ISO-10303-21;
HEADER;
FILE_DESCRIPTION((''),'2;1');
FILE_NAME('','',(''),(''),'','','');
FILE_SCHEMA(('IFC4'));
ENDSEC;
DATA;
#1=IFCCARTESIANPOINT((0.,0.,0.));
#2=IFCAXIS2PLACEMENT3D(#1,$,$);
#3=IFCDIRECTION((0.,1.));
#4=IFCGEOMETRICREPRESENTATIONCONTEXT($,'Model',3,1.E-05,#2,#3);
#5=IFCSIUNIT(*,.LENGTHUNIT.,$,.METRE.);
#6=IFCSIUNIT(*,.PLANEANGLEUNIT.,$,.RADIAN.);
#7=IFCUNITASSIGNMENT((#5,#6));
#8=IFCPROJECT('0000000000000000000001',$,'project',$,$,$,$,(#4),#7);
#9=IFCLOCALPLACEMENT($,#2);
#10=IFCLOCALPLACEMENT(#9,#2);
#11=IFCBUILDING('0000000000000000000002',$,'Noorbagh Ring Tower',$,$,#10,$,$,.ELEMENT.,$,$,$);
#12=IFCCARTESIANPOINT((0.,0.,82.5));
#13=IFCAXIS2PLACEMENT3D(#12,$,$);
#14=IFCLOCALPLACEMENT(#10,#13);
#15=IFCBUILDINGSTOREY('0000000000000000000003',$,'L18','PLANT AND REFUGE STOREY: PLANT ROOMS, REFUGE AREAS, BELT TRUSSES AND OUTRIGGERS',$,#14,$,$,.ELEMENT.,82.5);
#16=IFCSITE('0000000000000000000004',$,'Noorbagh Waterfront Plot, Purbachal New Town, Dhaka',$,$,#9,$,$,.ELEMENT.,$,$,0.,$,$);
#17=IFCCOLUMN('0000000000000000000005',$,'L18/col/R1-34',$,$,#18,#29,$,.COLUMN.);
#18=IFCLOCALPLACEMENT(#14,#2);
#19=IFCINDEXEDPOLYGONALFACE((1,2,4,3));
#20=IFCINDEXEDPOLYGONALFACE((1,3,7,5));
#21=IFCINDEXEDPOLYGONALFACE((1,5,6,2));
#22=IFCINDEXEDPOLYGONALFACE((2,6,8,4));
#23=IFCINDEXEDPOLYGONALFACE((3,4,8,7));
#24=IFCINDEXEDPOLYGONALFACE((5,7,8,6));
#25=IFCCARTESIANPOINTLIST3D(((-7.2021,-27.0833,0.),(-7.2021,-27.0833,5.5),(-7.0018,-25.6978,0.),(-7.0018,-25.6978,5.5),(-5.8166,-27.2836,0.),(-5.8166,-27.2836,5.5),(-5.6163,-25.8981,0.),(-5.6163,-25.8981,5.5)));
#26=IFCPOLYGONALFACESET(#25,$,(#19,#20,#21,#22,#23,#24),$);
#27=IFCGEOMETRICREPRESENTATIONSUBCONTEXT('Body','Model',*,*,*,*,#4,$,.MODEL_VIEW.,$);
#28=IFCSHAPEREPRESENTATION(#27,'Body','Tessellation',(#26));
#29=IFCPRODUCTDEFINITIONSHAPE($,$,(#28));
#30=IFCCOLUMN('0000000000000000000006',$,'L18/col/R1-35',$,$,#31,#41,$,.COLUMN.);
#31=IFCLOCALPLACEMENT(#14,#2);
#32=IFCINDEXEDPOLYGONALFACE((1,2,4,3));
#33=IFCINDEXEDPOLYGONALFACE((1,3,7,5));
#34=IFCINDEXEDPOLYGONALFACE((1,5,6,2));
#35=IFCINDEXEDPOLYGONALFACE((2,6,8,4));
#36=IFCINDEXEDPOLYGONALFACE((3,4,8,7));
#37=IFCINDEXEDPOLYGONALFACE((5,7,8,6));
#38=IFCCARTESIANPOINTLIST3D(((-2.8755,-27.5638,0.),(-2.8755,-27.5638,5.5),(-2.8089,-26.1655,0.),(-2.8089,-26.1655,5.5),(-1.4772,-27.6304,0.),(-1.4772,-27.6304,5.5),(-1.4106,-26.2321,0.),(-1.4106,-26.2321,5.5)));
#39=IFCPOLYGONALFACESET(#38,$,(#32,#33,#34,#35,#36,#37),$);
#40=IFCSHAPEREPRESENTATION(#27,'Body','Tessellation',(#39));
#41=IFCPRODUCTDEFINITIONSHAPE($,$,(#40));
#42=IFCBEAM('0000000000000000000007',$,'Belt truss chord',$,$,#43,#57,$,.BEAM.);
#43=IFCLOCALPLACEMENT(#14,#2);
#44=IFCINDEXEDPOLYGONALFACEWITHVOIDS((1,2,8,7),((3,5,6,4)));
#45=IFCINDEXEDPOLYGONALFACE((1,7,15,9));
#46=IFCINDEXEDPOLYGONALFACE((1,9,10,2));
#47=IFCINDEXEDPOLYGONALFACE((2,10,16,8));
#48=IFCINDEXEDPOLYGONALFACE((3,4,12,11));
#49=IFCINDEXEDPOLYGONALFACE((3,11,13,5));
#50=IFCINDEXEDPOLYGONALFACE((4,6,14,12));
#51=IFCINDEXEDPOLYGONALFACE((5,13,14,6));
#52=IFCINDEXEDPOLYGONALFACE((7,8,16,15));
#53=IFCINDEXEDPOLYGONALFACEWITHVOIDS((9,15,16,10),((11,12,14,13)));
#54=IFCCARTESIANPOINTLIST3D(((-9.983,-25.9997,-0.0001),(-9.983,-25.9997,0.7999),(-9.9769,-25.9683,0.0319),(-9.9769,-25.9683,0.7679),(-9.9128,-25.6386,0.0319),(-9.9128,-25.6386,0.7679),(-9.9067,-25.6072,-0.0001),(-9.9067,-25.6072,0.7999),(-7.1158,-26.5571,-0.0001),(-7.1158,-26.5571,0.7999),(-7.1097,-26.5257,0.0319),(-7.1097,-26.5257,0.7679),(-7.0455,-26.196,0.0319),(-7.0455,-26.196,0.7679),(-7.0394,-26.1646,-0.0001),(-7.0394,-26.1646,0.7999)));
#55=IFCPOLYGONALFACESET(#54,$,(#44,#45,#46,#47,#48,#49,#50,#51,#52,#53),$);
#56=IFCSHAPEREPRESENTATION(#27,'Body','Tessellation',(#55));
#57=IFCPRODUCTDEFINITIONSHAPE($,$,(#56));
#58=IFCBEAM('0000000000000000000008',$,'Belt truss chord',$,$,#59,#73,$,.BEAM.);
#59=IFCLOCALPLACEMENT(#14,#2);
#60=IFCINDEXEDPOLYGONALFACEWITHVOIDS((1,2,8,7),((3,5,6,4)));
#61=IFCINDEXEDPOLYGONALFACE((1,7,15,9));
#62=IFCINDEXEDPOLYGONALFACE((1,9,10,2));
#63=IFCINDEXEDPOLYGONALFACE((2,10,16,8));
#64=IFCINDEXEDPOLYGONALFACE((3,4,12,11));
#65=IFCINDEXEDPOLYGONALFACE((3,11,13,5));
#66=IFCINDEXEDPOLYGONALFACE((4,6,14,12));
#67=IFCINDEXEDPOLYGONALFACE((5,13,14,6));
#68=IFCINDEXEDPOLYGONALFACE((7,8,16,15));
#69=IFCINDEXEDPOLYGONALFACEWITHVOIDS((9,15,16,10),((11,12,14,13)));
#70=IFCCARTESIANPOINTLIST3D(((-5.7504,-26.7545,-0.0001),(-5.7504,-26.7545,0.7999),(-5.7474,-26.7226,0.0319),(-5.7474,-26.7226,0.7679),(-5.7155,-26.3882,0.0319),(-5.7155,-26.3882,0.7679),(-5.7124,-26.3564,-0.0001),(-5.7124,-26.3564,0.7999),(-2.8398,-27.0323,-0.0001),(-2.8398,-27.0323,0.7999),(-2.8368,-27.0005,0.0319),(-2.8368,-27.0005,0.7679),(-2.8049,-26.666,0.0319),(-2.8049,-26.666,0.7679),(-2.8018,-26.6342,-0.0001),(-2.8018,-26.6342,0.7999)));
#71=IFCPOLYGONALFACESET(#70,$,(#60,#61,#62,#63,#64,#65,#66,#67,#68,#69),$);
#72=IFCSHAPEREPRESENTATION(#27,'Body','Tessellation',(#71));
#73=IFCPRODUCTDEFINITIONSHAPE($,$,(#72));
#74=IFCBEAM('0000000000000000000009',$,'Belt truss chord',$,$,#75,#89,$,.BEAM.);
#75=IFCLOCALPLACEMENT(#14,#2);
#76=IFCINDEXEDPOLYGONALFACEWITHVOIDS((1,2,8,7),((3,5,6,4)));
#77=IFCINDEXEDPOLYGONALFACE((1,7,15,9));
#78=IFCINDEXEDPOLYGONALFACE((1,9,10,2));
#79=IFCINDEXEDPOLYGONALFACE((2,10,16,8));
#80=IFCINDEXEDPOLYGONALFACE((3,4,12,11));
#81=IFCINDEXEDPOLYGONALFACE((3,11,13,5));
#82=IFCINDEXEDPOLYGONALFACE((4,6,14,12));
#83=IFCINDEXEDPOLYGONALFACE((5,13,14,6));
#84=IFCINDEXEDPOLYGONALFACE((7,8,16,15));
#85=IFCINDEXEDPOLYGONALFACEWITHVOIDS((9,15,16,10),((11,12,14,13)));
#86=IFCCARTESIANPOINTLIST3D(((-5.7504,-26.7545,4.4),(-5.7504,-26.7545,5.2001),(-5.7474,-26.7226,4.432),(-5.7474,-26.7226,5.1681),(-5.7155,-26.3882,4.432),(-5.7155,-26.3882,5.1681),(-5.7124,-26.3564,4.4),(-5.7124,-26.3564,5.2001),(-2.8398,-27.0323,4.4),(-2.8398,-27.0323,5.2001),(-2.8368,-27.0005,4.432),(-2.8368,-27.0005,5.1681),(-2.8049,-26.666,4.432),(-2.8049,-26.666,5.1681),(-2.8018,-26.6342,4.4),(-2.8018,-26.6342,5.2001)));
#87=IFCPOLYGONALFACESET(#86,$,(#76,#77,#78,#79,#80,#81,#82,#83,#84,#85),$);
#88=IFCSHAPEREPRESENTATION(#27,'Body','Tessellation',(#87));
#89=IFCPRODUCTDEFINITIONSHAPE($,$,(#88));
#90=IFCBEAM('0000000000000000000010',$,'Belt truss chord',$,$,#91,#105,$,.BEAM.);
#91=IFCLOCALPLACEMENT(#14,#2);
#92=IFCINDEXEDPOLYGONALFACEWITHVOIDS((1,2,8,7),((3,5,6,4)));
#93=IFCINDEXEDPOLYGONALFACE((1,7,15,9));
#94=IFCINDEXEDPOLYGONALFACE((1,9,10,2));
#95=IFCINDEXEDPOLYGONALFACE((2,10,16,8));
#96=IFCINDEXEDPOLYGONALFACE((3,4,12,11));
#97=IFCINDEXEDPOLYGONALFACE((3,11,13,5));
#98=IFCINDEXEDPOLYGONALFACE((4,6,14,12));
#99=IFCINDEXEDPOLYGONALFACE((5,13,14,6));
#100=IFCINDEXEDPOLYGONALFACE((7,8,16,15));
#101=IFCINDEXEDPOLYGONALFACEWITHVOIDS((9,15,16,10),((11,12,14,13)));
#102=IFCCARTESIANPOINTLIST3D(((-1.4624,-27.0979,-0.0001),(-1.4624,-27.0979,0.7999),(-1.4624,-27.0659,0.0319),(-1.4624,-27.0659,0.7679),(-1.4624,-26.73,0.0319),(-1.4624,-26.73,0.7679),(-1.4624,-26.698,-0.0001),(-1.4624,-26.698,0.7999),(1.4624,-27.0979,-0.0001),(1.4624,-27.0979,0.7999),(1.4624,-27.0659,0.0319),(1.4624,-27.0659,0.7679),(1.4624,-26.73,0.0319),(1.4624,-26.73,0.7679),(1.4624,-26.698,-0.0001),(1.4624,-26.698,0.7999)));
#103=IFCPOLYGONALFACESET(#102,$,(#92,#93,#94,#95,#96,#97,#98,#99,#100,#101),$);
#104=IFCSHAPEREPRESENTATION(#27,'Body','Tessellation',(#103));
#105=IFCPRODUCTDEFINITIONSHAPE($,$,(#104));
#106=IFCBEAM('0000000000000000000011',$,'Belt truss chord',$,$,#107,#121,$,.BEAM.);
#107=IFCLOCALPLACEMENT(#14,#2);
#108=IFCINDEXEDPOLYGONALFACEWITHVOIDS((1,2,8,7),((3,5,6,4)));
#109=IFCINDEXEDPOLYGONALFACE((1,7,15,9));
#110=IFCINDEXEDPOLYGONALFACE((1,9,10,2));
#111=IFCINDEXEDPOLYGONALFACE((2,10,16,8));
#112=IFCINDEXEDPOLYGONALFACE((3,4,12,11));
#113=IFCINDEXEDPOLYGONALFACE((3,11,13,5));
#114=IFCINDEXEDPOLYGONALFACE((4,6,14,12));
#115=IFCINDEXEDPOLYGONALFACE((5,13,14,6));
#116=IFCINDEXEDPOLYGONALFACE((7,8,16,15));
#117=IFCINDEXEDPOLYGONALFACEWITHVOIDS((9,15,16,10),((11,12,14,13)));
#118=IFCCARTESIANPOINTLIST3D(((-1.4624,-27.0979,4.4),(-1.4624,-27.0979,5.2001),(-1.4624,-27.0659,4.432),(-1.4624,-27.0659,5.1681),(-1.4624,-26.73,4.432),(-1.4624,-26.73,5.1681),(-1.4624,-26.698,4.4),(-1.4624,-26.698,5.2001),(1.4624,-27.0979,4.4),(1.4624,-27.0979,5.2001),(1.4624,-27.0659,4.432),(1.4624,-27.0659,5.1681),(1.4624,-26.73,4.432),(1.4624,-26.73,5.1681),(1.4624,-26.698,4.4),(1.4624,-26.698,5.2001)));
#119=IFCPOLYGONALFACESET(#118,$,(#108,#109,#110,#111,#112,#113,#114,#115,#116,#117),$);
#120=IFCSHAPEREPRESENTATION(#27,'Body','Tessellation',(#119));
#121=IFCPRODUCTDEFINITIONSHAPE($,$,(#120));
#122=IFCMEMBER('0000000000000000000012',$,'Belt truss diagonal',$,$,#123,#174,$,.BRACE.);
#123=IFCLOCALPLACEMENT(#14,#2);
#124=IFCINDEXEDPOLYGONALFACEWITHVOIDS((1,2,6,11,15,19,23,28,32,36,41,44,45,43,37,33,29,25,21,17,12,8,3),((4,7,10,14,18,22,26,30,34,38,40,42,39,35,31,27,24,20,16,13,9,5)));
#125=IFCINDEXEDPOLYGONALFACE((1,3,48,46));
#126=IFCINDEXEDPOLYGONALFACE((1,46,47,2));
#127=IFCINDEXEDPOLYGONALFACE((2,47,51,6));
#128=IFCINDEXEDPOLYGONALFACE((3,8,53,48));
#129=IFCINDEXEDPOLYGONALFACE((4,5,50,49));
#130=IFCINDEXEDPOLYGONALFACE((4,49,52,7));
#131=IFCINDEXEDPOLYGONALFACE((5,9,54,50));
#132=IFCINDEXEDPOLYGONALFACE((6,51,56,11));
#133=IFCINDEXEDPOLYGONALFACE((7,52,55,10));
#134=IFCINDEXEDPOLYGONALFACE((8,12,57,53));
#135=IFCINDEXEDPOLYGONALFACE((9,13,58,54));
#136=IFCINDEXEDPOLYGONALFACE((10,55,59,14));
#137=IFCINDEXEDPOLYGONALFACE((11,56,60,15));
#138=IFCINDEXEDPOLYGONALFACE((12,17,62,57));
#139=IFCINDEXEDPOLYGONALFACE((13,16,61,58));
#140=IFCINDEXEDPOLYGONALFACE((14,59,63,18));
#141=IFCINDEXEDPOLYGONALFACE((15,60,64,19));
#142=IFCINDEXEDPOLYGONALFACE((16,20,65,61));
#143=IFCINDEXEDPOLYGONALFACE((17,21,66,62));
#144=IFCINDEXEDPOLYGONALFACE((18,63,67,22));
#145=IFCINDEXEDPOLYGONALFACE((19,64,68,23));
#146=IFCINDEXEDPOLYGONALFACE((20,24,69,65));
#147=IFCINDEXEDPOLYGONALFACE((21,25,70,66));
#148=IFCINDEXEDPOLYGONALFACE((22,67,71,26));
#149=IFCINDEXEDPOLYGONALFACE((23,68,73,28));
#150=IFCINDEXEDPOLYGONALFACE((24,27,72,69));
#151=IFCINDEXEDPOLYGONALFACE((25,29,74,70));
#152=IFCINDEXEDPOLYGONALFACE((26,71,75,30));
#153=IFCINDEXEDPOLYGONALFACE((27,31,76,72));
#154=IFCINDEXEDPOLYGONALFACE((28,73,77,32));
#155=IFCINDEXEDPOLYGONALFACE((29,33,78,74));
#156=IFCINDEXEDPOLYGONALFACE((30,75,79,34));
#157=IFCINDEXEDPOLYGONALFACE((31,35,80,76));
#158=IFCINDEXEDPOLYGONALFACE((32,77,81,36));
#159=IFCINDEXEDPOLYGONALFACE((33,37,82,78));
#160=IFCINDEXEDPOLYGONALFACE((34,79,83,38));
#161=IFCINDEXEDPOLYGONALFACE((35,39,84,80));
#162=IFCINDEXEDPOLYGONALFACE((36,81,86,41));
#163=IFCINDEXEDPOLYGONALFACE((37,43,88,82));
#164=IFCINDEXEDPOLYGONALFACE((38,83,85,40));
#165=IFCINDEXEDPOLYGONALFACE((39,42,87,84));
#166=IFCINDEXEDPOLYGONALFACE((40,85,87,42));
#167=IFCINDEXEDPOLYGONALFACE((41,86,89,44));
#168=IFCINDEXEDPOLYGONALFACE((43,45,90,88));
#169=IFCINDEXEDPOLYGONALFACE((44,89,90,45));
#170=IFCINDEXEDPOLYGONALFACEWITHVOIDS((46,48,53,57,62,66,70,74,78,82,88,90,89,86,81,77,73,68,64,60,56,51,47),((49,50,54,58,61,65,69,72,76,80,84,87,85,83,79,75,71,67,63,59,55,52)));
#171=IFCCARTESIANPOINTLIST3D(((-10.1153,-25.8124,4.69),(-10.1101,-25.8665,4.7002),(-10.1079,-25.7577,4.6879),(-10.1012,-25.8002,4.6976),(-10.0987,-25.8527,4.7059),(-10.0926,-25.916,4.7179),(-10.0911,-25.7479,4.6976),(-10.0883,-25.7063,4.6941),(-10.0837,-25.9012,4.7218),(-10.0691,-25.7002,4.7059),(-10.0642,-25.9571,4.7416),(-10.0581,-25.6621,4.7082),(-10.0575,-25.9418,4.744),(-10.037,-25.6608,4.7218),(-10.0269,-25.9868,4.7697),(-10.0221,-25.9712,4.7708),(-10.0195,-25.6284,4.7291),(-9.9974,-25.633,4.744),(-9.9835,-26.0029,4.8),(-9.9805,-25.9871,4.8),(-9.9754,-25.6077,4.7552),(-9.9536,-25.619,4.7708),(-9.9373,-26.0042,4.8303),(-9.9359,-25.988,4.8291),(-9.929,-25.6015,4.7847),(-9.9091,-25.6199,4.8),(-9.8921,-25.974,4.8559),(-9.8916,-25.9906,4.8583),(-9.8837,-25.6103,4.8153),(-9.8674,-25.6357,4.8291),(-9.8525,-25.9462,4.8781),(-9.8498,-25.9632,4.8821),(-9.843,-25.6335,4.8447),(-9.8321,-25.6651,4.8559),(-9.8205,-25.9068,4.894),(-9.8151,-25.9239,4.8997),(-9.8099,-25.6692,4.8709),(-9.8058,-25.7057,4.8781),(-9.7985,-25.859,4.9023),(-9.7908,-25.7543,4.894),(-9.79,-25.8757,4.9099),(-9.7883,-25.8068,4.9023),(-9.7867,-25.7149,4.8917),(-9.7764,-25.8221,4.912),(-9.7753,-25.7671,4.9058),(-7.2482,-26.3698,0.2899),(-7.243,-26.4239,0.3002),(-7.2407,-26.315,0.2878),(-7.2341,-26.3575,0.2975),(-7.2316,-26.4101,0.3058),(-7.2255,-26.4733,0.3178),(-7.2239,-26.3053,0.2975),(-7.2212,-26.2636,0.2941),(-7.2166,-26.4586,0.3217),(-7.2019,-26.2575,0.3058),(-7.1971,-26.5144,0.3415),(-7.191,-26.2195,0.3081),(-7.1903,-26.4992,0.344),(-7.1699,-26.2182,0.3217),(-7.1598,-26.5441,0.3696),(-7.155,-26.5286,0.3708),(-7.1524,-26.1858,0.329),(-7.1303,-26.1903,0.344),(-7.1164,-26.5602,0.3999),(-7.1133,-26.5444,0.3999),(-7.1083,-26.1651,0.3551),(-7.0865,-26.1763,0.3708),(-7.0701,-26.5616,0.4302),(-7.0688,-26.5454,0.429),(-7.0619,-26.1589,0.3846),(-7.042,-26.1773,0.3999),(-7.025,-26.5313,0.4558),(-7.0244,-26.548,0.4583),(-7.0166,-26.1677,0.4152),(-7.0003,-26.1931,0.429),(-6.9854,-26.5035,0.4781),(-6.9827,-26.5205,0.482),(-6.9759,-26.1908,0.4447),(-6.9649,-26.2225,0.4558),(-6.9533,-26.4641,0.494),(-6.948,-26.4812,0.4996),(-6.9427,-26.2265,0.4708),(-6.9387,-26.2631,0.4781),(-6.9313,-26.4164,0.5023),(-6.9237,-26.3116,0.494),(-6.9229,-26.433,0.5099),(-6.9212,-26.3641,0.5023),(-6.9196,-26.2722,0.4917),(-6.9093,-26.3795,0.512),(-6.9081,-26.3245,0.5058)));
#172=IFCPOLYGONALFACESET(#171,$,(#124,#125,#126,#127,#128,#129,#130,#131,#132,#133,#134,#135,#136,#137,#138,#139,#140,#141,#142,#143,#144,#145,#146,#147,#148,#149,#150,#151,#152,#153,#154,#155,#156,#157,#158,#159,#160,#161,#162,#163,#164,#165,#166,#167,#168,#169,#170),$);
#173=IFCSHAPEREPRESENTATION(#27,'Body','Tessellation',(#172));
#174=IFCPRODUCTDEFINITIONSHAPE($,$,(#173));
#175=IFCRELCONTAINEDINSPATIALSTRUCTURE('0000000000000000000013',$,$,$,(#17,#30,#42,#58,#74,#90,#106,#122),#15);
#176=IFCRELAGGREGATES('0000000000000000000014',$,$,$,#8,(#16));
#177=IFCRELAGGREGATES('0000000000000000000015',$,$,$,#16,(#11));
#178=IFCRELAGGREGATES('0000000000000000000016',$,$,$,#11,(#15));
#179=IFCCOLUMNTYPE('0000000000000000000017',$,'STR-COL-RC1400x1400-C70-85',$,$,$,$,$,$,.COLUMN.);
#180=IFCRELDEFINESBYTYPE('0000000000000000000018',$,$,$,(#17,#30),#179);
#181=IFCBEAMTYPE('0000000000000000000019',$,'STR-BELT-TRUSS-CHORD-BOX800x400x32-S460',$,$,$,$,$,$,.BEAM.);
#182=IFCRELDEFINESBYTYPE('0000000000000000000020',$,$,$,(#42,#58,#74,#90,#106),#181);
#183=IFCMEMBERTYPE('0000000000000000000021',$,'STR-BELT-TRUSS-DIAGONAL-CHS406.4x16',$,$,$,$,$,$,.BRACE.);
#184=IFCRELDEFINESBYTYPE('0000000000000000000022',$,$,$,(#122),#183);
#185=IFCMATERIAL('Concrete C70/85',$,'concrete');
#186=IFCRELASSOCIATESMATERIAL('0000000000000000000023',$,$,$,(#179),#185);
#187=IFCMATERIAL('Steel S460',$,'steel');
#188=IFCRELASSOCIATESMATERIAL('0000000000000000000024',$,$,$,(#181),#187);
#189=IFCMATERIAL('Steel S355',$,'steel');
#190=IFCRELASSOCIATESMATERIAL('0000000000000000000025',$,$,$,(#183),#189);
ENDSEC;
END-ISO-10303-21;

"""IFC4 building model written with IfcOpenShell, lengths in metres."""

from ifc_helpers import new_model, si_unit, direction, frame, origin, origin_2d, place, context, subcontext, project, spatial, rectangle, hollow_rectangle, hollow_circle, extrude, material, material_profile, profile_set, type_object, element, save


model = new_model("IFC4")

# Units and contexts
model_context = context("Model", 3, precision=1e-05, world=origin(), true_north=direction((0.0, 1.0)))
body_context = subcontext(model_context, "Body", "Model", "MODEL_VIEW")
ifc_project = project(units=[si_unit("LENGTHUNIT", "METRE"), si_unit("PLANEANGLEUNIT", "RADIAN")], contexts=[model_context])

# Site, building, storey
site_placement = place(None, origin())
site = spatial("IfcSite", under=ifc_project, at=site_placement, Name="Noorbagh Waterfront Plot, Purbachal New Town, Dhaka", CompositionType="ELEMENT", RefElevation=0.0)
building_placement = place(site_placement, origin())
building = spatial("IfcBuilding", under=site, at=building_placement, Name="Noorbagh Ring Tower", CompositionType="ELEMENT")
storey_placement = place(building_placement, frame((0.0, 0.0, 82.5)))
storey = spatial("IfcBuildingStorey", under=building, at=storey_placement, Name="L18", Description="PLANT AND REFUGE STOREY: PLANT ROOMS, REFUGE AREAS, BELT TRUSSES AND OUTRIGGERS", CompositionType="ELEMENT", Elevation=82.5)

# Columns
ifc_material_1 = material(Name="Concrete C70/85", Category="concrete")
ifc_material_profile_1 = material_profile(ifc_material_1, rectangle(XDim=1.3999, YDim=1.3999, at=origin_2d()), Name="RC1400x1400")
ifc_profile_set_1 = profile_set([ifc_material_profile_1], Name="Concrete C70/85")
column_type = type_object("IfcColumnType", Name="STR-COL-RC1400x1400-C70-85", PredefinedType="COLUMN", material=ifc_profile_set_1)
for number, where, z_axis, x_axis, name in (
    (1, (-6.4092, -26.4907, 0.0), (0.0, 0.0, 1.0), (0.989713, -0.143066, 0.0), "L18/col/R1-34"),
    (2, (-2.1431, -26.8979, 0.0), (0.0, 0.0, 1.0), (0.998869, -0.047553, 0.0), "L18/col/R1-35"),
):
    element("IfcColumn", number, at=place(storey_placement, frame(where, z_axis=z_axis, x_axis=x_axis)), inside=storey, type_object=column_type, Name=name, PredefinedType="COLUMN", context=body_context, shape_type="SweptSolid", body=[
        extrude(rectangle(XDim=1.3999, YDim=1.3999, at=origin_2d()), origin(), (0.0, 0.0, 1.0), 5.5),
    ])

# Beams
ifc_material_2 = material(Name="Steel S460", Category="steel")
ifc_material_profile_2 = material_profile(ifc_material_2, hollow_rectangle(XDim=0.3999, YDim=0.8, WallThickness=0.032, at=origin_2d()), Name="BOX800x400x32")
ifc_profile_set_2 = profile_set([ifc_material_profile_2], Name="Steel S460")
beam_type_1 = type_object("IfcBeamType", Name="STR-BELT-TRUSS-CHORD-BOX800x400x32-S460", PredefinedType="BEAM", material=ifc_profile_set_2)
beam_1_placement = place(storey_placement, frame((-9.9448, -25.8035, 0.3999), z_axis=(0.981624, -0.190825, 0.0), x_axis=(0.190825, 0.981624, 0.0)))
element("IfcBeam", 3, at=beam_1_placement, inside=storey, type_object=beam_type_1, Name="Belt truss chord", PredefinedType="BEAM", context=body_context, shape_type="SweptSolid", body=[
    extrude(hollow_rectangle(XDim=0.3999, YDim=0.8, WallThickness=0.032, at=origin_2d()), origin(), (0.0, 0.0, 1.0), 2.9209),
])
for number, where, z_axis, x_axis, name in (
    (4, (-5.7314, -26.5554, 0.3999), (0.995475, -0.095022, 0.0), (0.095022, 0.995475, 0.0), "Belt truss chord"),
    (5, (-5.7314, -26.5554, 4.8), (0.995475, -0.095022, 0.0), (0.095022, 0.995475, 0.0), "Belt truss chord"),
):
    element("IfcBeam", number, at=place(storey_placement, frame(where, z_axis=z_axis, x_axis=x_axis)), inside=storey, type_object=beam_type_1, Name=name, PredefinedType="BEAM", context=body_context, shape_type="SweptSolid", body=[
        extrude(hollow_rectangle(XDim=0.3999, YDim=0.8, WallThickness=0.032, at=origin_2d()), origin(), (0.0, 0.0, 1.0), 2.9238),
    ])
for number, where, z_axis, x_axis, name in (
    (6, (-1.4624, -26.8979, 0.3999), (1.0, 0.0, 0.0), (0.0, 1.0, 0.0), "Belt truss chord"),
    (7, (-1.4624, -26.8979, 4.8), (1.0, 0.0, 0.0), (0.0, 1.0, 0.0), "Belt truss chord"),
):
    element("IfcBeam", number, at=place(storey_placement, frame(where, z_axis=z_axis, x_axis=x_axis)), inside=storey, type_object=beam_type_1, Name=name, PredefinedType="BEAM", context=body_context, shape_type="SweptSolid", body=[
        extrude(hollow_rectangle(XDim=0.3999, YDim=0.8, WallThickness=0.032, at=origin_2d()), origin(), (0.0, 0.0, 1.0), 2.9248),
    ])

# Member
ifc_material_3 = material(Name="Steel S355", Category="steel")
ifc_material_profile_3 = material_profile(ifc_material_3, hollow_circle(Radius=0.2031, WallThickness=0.0161, at=origin_2d()), Name="CHS406.4x16")
ifc_profile_set_3 = profile_set([ifc_material_profile_3], Name="Steel S355")
member_type = type_object("IfcMemberType", Name="STR-BELT-TRUSS-DIAGONAL-CHS406.4x16", PredefinedType="BRACE", material=ifc_profile_set_3)
member_1_placement = place(storey_placement, frame((-7.0776, -26.3608, 0.3999), z_axis=(-0.542889, 0.105536, 0.833147), x_axis=(-0.190825, -0.981624, 0.0)))
element("IfcMember", 8, at=member_1_placement, inside=storey, type_object=member_type, Name="Belt truss diagonal", PredefinedType="BRACE", context=body_context, shape_type="SweptSolid", body=[
    extrude(hollow_circle(Radius=0.2031, WallThickness=0.0161, at=origin_2d()), origin(), (0.0, 0.0, 1.0), 5.2812),
])

save(model, "model.ifc")
